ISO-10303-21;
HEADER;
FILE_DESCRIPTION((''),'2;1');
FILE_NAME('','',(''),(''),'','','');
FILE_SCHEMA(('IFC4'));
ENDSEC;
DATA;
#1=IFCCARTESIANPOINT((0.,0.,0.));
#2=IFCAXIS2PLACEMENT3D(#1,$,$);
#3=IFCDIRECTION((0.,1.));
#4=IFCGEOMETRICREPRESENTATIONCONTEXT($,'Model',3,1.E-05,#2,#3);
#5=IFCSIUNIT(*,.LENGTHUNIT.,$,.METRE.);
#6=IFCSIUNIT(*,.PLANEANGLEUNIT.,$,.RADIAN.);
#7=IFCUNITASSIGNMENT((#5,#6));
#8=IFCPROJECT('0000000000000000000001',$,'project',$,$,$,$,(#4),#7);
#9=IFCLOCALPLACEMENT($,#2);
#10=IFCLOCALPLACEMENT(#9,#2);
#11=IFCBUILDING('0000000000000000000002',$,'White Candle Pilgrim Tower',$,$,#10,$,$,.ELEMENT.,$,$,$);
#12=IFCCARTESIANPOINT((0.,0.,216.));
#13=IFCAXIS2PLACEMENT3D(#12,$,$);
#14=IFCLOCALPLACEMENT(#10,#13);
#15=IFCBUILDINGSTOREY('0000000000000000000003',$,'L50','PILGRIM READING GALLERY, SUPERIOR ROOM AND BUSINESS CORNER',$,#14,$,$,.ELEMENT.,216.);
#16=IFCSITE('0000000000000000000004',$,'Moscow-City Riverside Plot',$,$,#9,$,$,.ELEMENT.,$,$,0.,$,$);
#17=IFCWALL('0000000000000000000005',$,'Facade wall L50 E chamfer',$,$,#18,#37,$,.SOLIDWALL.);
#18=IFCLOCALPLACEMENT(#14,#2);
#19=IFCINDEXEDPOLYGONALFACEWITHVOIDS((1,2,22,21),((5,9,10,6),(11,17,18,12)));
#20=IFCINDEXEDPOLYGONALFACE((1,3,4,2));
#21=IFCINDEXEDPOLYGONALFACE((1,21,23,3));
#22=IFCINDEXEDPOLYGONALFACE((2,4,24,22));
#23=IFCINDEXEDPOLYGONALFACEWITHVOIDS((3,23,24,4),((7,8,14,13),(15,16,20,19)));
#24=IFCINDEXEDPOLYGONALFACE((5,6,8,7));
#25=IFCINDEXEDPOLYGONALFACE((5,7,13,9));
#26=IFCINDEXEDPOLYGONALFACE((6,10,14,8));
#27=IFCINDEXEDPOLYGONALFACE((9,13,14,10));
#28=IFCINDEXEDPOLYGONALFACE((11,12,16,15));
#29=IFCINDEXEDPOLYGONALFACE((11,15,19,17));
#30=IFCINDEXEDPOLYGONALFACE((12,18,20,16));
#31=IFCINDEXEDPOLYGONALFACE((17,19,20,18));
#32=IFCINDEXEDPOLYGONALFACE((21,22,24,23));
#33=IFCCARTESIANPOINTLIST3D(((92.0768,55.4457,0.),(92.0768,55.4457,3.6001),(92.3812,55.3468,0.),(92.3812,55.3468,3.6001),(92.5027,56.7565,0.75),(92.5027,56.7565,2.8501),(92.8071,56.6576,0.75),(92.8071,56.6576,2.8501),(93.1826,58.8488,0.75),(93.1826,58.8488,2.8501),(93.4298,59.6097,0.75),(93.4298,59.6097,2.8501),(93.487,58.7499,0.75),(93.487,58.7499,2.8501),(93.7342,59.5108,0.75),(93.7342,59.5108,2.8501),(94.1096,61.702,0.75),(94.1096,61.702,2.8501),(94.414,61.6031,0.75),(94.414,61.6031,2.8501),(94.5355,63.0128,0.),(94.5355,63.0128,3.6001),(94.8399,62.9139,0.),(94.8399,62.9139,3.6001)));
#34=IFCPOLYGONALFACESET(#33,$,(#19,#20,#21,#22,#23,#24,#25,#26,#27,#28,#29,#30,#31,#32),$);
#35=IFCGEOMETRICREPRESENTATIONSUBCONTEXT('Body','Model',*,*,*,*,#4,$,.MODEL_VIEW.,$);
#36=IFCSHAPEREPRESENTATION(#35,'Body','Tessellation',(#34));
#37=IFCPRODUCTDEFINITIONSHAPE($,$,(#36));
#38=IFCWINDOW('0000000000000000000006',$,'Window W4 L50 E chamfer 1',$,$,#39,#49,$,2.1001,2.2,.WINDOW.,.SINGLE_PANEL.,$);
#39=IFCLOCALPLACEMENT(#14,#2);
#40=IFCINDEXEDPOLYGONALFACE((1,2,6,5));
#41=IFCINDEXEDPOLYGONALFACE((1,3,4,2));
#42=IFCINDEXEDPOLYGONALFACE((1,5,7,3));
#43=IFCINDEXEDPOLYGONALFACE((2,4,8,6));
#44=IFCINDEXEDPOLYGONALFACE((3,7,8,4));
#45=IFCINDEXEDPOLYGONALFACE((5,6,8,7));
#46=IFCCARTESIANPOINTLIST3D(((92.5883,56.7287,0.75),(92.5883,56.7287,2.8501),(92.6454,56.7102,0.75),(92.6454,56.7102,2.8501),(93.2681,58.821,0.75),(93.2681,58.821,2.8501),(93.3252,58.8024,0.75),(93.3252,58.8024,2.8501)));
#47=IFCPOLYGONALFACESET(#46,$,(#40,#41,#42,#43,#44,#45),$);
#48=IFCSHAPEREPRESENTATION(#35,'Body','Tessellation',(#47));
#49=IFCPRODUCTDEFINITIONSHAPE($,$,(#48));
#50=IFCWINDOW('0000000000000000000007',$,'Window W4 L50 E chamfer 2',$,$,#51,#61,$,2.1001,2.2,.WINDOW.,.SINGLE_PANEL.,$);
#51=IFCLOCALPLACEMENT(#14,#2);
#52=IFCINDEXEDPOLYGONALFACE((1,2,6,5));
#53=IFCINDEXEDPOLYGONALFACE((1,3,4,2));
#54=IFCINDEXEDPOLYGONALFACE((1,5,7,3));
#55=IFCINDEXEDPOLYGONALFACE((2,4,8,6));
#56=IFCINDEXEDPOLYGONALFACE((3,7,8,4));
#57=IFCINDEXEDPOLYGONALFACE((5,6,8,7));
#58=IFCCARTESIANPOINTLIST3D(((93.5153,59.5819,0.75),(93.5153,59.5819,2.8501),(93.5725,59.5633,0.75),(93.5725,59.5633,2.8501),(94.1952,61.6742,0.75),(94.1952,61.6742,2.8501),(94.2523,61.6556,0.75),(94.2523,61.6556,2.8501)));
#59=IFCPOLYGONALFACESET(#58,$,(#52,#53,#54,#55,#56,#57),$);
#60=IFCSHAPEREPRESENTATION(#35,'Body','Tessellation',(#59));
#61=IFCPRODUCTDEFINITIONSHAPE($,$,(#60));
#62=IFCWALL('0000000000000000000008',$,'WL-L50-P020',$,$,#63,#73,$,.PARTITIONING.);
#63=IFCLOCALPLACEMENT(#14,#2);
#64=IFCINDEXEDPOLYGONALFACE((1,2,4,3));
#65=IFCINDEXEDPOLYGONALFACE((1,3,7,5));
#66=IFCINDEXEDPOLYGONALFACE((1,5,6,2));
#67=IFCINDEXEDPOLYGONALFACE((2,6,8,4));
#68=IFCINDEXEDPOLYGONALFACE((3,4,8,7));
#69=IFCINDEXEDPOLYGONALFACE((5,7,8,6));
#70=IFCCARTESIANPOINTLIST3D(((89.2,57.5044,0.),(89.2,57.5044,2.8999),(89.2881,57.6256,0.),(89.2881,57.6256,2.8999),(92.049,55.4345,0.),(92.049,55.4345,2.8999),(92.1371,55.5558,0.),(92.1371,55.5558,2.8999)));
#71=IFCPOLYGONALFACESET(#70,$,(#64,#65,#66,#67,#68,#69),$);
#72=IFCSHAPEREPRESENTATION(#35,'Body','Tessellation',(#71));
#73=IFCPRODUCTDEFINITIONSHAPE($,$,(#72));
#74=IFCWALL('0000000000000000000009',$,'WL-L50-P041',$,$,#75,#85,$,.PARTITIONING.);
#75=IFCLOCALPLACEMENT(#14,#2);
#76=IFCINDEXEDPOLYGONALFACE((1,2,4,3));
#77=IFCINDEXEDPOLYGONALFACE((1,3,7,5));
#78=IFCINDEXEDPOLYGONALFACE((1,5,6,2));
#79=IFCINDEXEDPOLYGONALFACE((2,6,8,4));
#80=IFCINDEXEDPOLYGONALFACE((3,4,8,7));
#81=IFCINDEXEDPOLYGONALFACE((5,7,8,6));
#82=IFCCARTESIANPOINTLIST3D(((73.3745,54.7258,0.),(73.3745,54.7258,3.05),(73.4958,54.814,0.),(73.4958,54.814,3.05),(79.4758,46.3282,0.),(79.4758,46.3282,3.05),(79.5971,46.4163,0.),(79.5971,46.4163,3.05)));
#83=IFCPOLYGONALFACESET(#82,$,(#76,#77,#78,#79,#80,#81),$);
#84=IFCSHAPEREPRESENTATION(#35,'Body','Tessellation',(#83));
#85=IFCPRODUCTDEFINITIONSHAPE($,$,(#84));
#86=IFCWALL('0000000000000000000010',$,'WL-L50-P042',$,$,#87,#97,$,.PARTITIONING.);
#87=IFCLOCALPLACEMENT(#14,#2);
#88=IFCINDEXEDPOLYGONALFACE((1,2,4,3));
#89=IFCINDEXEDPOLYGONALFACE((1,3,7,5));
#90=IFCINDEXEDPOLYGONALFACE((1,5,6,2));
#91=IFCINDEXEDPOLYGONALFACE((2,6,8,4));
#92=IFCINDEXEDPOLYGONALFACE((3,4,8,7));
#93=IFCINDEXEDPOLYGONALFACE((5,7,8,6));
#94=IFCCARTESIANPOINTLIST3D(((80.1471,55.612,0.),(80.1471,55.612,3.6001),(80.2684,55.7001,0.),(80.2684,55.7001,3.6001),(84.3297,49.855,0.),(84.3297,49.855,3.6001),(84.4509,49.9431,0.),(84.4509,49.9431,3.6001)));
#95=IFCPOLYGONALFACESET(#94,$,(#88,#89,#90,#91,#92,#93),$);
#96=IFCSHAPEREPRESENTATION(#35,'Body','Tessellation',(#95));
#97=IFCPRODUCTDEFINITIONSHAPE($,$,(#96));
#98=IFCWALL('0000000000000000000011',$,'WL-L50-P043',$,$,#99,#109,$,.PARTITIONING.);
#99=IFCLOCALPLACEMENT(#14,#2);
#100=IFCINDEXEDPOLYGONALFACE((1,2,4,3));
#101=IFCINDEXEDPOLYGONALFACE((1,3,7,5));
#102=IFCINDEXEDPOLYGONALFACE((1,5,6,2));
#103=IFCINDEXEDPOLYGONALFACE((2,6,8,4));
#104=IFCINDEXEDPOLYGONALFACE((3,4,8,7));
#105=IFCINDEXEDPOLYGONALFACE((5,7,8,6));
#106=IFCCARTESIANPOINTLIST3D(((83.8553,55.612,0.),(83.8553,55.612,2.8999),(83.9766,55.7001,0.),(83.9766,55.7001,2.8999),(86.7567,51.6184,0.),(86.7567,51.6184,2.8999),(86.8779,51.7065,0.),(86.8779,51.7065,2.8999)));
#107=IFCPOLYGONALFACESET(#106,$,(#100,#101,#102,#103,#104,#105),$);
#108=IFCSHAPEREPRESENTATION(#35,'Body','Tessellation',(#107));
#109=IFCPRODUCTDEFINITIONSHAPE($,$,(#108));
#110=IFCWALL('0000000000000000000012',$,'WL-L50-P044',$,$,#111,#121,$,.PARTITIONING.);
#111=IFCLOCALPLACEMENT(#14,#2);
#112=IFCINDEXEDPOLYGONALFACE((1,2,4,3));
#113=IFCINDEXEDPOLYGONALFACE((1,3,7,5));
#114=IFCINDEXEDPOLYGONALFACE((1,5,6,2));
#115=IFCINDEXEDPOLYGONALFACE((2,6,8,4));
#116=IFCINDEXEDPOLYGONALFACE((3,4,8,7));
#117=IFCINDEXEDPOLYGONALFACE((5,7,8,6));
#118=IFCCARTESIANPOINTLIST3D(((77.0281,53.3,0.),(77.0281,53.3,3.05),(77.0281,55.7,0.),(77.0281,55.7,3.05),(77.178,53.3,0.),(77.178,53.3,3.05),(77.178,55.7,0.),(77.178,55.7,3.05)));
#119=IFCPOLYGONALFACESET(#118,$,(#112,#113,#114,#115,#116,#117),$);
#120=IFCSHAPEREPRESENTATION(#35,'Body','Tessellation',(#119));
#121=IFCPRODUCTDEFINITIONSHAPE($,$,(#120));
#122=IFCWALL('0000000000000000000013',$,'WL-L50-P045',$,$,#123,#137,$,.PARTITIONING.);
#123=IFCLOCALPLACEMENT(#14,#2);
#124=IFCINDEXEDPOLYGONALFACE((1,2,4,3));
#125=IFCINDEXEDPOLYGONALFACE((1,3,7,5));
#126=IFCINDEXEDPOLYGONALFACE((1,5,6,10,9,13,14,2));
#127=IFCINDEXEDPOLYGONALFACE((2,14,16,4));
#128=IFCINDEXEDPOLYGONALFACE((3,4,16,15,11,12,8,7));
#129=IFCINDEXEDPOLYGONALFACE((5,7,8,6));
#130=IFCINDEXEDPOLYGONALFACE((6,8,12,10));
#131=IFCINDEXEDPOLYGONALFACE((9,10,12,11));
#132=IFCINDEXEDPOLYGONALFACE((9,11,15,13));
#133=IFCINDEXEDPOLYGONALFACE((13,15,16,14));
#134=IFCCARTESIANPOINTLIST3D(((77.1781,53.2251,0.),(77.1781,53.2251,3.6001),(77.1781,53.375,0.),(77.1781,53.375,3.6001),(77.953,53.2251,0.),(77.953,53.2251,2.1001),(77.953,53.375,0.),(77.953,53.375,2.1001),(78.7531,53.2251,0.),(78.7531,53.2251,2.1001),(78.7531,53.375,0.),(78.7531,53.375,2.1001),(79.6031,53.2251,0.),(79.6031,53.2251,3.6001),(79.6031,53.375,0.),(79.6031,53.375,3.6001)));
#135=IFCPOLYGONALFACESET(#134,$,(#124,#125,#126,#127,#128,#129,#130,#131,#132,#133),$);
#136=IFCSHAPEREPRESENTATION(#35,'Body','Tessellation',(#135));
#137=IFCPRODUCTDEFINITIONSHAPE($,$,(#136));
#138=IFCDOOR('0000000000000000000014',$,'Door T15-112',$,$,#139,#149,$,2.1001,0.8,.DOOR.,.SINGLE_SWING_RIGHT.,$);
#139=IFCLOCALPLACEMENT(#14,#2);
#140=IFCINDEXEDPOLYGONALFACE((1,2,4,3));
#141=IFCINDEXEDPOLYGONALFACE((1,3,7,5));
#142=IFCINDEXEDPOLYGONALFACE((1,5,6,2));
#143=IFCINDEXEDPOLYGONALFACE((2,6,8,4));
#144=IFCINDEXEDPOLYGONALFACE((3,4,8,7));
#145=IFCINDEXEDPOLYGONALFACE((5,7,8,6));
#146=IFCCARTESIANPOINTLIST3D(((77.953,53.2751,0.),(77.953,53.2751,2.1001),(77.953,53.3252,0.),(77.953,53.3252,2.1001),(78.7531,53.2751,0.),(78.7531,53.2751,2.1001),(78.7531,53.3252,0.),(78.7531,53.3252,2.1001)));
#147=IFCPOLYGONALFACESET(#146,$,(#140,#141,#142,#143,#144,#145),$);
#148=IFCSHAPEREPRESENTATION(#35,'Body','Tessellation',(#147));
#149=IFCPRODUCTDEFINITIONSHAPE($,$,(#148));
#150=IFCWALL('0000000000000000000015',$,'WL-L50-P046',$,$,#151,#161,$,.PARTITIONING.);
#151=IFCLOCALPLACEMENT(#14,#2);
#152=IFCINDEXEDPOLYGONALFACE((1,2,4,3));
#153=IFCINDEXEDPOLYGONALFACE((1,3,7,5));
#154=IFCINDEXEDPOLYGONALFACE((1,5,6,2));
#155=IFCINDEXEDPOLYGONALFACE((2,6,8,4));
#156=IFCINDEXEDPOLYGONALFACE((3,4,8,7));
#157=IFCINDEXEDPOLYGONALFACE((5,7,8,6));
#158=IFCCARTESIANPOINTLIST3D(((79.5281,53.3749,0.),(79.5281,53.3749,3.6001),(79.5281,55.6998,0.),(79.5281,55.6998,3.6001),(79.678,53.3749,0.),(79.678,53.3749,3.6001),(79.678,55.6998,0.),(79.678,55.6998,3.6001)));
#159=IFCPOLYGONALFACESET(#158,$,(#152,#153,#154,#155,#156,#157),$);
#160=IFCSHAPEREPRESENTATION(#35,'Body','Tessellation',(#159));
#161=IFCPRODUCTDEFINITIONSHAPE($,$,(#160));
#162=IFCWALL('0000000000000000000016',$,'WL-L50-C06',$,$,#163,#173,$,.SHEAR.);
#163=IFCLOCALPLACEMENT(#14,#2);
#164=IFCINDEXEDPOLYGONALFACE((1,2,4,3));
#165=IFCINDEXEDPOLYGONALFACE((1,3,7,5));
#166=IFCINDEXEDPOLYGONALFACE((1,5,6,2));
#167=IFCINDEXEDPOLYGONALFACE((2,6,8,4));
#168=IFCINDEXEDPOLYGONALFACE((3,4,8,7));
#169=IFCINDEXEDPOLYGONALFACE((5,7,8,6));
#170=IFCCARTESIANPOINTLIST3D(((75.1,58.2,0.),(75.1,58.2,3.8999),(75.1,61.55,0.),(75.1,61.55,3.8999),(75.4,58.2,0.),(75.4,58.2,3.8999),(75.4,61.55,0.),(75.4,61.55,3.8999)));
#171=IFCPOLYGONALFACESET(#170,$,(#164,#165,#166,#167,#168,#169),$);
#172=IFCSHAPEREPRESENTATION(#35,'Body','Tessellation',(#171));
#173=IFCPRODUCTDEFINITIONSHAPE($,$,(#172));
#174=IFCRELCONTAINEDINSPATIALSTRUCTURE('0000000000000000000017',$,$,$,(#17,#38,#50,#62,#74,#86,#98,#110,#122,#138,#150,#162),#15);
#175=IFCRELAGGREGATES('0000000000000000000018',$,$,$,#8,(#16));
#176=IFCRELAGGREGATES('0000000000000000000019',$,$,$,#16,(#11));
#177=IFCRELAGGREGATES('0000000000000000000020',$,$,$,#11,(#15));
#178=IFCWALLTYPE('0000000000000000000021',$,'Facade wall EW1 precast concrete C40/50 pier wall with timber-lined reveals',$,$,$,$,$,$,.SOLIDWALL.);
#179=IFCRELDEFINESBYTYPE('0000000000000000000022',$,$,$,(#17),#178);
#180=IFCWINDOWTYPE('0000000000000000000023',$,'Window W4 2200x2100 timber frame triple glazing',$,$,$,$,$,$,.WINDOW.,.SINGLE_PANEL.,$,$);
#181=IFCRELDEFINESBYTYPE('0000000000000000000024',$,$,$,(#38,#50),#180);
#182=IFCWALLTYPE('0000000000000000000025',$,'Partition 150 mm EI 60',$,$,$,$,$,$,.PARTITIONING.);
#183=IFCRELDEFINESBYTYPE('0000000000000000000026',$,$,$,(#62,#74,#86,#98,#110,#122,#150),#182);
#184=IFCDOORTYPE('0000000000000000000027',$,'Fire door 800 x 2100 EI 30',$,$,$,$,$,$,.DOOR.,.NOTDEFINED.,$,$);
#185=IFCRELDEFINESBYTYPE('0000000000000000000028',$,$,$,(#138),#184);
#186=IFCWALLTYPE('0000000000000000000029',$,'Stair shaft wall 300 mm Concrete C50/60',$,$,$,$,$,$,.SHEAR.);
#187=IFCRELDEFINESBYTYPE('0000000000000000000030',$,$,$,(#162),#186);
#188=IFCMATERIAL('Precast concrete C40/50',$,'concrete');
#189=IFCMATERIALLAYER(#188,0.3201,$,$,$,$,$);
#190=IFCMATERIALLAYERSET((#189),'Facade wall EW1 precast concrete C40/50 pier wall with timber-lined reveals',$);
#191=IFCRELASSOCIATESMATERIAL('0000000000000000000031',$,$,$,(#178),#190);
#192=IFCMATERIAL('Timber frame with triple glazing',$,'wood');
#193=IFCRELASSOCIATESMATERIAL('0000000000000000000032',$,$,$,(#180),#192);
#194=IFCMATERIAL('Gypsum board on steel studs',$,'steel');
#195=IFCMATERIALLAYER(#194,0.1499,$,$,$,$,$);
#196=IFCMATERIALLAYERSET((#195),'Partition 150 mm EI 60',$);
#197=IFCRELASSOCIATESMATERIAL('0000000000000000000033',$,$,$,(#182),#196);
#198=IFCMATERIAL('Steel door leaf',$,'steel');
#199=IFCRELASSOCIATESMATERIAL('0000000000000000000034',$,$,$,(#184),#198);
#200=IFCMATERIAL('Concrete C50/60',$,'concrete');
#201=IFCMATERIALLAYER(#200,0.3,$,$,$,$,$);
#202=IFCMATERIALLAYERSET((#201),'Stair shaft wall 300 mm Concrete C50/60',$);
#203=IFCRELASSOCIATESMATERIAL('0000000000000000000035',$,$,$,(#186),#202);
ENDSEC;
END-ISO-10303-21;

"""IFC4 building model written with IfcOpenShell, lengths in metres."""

from ifc_helpers import new_model, si_unit, direction, frame, frame_2d, origin, place, context, subcontext, project, spatial, rectangle, extrude, material, layer, layer_set, type_object, element, fill, save


model = new_model("IFC4")

# Units and contexts
model_context = context("Model", 3, precision=1e-05, world=origin(), true_north=direction((0.0, 1.0)))
body_context = subcontext(model_context, "Body", "Model", "MODEL_VIEW")
ifc_project = project(units=[si_unit("LENGTHUNIT", "METRE"), si_unit("PLANEANGLEUNIT", "RADIAN")], contexts=[model_context])

# Site, building, storey
site_placement = place(None, origin())
site = spatial("IfcSite", under=ifc_project, at=site_placement, Name="Moscow-City Riverside Plot", CompositionType="ELEMENT", RefElevation=0.0)
building_placement = place(site_placement, origin())
building = spatial("IfcBuilding", under=site, at=building_placement, Name="White Candle Pilgrim Tower", CompositionType="ELEMENT")
storey_placement = place(building_placement, frame((0.0, 0.0, 216.0)))
storey = spatial("IfcBuildingStorey", under=building, at=storey_placement, Name="L50", Description="PILGRIM READING GALLERY, SUPERIOR ROOM AND BUSINESS CORNER", CompositionType="ELEMENT", Elevation=216.0)

# Shared definitions
ifc_material_1 = material(Name="Concrete C50/60", Category="concrete")

# Shared definitions
ifc_material_2 = material(Name="Gypsum board on steel studs", Category="steel")
ifc_material_3 = material(Name="Steel door leaf", Category="steel")

# Wall, openings, windows
ifc_material_4 = material(Name="Precast concrete C40/50", Category="concrete")
ifc_layer_1 = layer(ifc_material_4, 0.3201)
ifc_layer_set_1 = layer_set([ifc_layer_1], Name="Facade wall EW1 precast concrete C40/50 pier wall with timber-lined reveals")
wall_type_1 = type_object("IfcWallType", Name="Facade wall EW1 precast concrete C40/50 pier wall with timber-lined reveals", PredefinedType="SOLIDWALL", material=ifc_layer_set_1)
wall_1_placement = place(storey_placement, frame((92.229, 55.3962, 0.0), z_axis=(0.0, 0.0, 1.0), x_axis=(0.30902, 0.951055, 0.0)))
wall_1 = element("IfcWall", 1, at=wall_1_placement, inside=storey, type_object=wall_type_1, Name="Facade wall L50 E chamfer", PredefinedType="SOLIDWALL", context=body_context, shape_type="SweptSolid", body=[
    extrude(rectangle(XDim=7.9565, YDim=0.3201, at=frame_2d((3.9783, 0.0))), origin(), (0.0, 0.0, 1.0), 3.6001),
])
opening_1_placement = place(wall_1_placement, frame((1.3782, 0.0, 0.75)))
opening_1 = element("IfcOpeningElement", 2, at=opening_1_placement, cuts=wall_1, PredefinedType="OPENING", context=body_context, shape_type="SweptSolid", body=[
    extrude(rectangle(XDim=2.2, YDim=2.1001, at=frame_2d((1.1001, 1.05))), frame((0.0, 0.1699, 0.0), z_axis=(0.0, -1.0, 0.0), x_axis=(1.0, 0.0, 0.0)), (0.0, 0.0, 1.0), 0.3401),
])
opening_2_placement = place(wall_1_placement, frame((4.3782, 0.0, 0.75)))
opening_2 = element("IfcOpeningElement", 3, at=opening_2_placement, cuts=wall_1, PredefinedType="OPENING", context=body_context, shape_type="SweptSolid", body=[
    extrude(rectangle(XDim=2.2, YDim=2.1001, at=frame_2d((1.1001, 1.05))), frame((0.0, 0.1699, 0.0), z_axis=(0.0, -1.0, 0.0), x_axis=(1.0, 0.0, 0.0)), (0.0, 0.0, 1.0), 0.3401),
])
ifc_material_5 = material(Name="Timber frame with triple glazing", Category="wood")
window_type = type_object("IfcWindowType", Name="Window W4 2200x2100 timber frame triple glazing", PartitioningType="SINGLE_PANEL", PredefinedType="WINDOW", material=ifc_material_5)
window_1_placement = place(opening_1_placement, origin())
window_1 = element("IfcWindow", 4, at=window_1_placement, inside=storey, type_object=window_type, Name="Window W4 L50 E chamfer 1", OverallHeight=2.1001, OverallWidth=2.2, PartitioningType="SINGLE_PANEL", PredefinedType="WINDOW", context=body_context, shape_type="SweptSolid", body=[
    extrude(rectangle(XDim=2.2, YDim=2.1001, at=frame_2d((1.1001, 1.05))), frame((0.0, 0.0701, 0.0), z_axis=(0.0, -1.0, 0.0), x_axis=(1.0, 0.0, 0.0)), (0.0, 0.0, 1.0), 0.0601),
])
fill(opening_1, window_1)
window_2_placement = place(opening_2_placement, origin())
window_2 = element("IfcWindow", 5, at=window_2_placement, inside=storey, type_object=window_type, Name="Window W4 L50 E chamfer 2", OverallHeight=2.1001, OverallWidth=2.2, PartitioningType="SINGLE_PANEL", PredefinedType="WINDOW", context=body_context, shape_type="SweptSolid", body=[
    extrude(rectangle(XDim=2.2, YDim=2.1001, at=frame_2d((1.1001, 1.05))), frame((0.0, 0.0701, 0.0), z_axis=(0.0, -1.0, 0.0), x_axis=(1.0, 0.0, 0.0)), (0.0, 0.0, 1.0), 0.0601),
])
fill(opening_2, window_2)

# Walls
ifc_layer_2 = layer(ifc_material_2, 0.1499)
ifc_layer_set_2 = layer_set([ifc_layer_2], Name="Partition 150 mm EI 60")
wall_type_2 = type_object("IfcWallType", Name="Partition 150 mm EI 60", PredefinedType="PARTITIONING", material=ifc_layer_set_2)
wall_2_placement = place(storey_placement, frame((92.093, 55.4951, 0.0), z_axis=(0.0, 0.0, 1.0), x_axis=(-0.809018, 0.587784, 0.0)))
element("IfcWall", 6, at=wall_2_placement, inside=storey, type_object=wall_type_2, Name="WL-L50-P020", PredefinedType="PARTITIONING", context=body_context, shape_type="SweptSolid", body=[
    extrude(rectangle(XDim=3.5215, YDim=0.1499, at=frame_2d((1.7607, 0.0))), origin(), (0.0, 0.0, 1.0), 2.8999),
])
wall_3_placement = place(storey_placement, frame((79.5364, 46.3723, 0.0), z_axis=(0.0, 0.0, 1.0), x_axis=(-0.587787, 0.809016, 0.0)))
element("IfcWall", 7, at=wall_3_placement, inside=storey, type_object=wall_type_2, Name="WL-L50-P041", PredefinedType="PARTITIONING", context=body_context, shape_type="SweptSolid", body=[
    extrude(rectangle(XDim=10.3801, YDim=0.1499, at=frame_2d((5.1899, 0.0))), origin(), (0.0, 0.0, 1.0), 3.05),
])
wall_4_placement = place(storey_placement, frame((84.3904, 49.8989, 0.0), z_axis=(0.0, 0.0, 1.0), x_axis=(-0.587772, 0.809027, 0.0)))
element("IfcWall", 8, at=wall_4_placement, inside=storey, type_object=wall_type_2, Name="WL-L50-P042", PredefinedType="PARTITIONING", context=body_context, shape_type="SweptSolid", body=[
    extrude(rectangle(XDim=7.116, YDim=0.1499, at=frame_2d((3.5581, 0.0))), origin(), (0.0, 0.0, 1.0), 3.6001),
])
wall_5_placement = place(storey_placement, frame((86.8174, 51.6624, 0.0), z_axis=(0.0, 0.0, 1.0), x_axis=(-0.58776, 0.809035, 0.0)))
element("IfcWall", 9, at=wall_5_placement, inside=storey, type_object=wall_type_2, Name="WL-L50-P043", PredefinedType="PARTITIONING", context=body_context, shape_type="SweptSolid", body=[
    extrude(rectangle(XDim=4.9363, YDim=0.1499, at=frame_2d((2.4683, 0.0))), origin(), (0.0, 0.0, 1.0), 2.8999),
])
wall_6_placement = place(storey_placement, frame((77.103, 55.7, 0.0), z_axis=(0.0, 0.0, 1.0), x_axis=(0.0, -1.0, 0.0)))
element("IfcWall", 10, at=wall_6_placement, inside=storey, type_object=wall_type_2, Name="WL-L50-P044", PredefinedType="PARTITIONING", context=body_context, shape_type="SweptSolid", body=[
    extrude(rectangle(XDim=2.3999, YDim=0.1499, at=frame_2d((1.2, 0.0))), origin(), (0.0, 0.0, 1.0), 3.05),
])

# Wall, opening, door
wall_7_placement = place(storey_placement, frame((79.603, 53.3, 0.0), z_axis=(0.0, 0.0, 1.0), x_axis=(-1.0, 0.0, 0.0)))
wall_7 = element("IfcWall", 11, at=wall_7_placement, inside=storey, type_object=wall_type_2, Name="WL-L50-P045", PredefinedType="PARTITIONING", context=body_context, shape_type="SweptSolid", body=[
    extrude(rectangle(XDim=2.425, YDim=0.1499, at=frame_2d((1.2124, 0.0))), origin(), (0.0, 0.0, 1.0), 3.6001),
])
opening_3_placement = place(wall_7_placement, frame((0.8501, 0.0, 0.0)))
opening_3 = element("IfcOpeningElement", 12, at=opening_3_placement, cuts=wall_7, PredefinedType="OPENING", context=body_context, shape_type="SweptSolid", body=[
    extrude(rectangle(XDim=0.8, YDim=2.1001, at=frame_2d((0.3999, 1.05))), frame((0.0, 0.085, 0.0), z_axis=(0.0, -1.0, 0.0), x_axis=(1.0, 0.0, 0.0)), (0.0, 0.0, 1.0), 0.1699),
])
door_type_1 = type_object("IfcDoorType", Name="Fire door 800 x 2100 EI 30", OperationType="NOTDEFINED", PredefinedType="DOOR", material=ifc_material_3)
door_1_placement = place(opening_3_placement, origin())
door_1 = element("IfcDoor", 13, at=door_1_placement, inside=storey, type_object=door_type_1, Name="Door T15-112", OperationType="SINGLE_SWING_RIGHT", OverallHeight=2.1001, OverallWidth=0.8, PredefinedType="DOOR", context=body_context, shape_type="SweptSolid", body=[
    extrude(rectangle(XDim=0.8, YDim=2.1001, at=frame_2d((0.3999, 1.05))), frame((0.0, 0.0249, 0.0), z_axis=(0.0, -1.0, 0.0), x_axis=(1.0, 0.0, 0.0)), (0.0, 0.0, 1.0), 0.05),
])
fill(opening_3, door_1)

# Walls
wall_8_placement = place(storey_placement, frame((79.603, 55.7, 0.0), z_axis=(0.0, 0.0, 1.0), x_axis=(0.0, -1.0, 0.0)))
element("IfcWall", 14, at=wall_8_placement, inside=storey, type_object=wall_type_2, Name="WL-L50-P046", PredefinedType="PARTITIONING", context=body_context, shape_type="SweptSolid", body=[
    extrude(rectangle(XDim=2.325, YDim=0.1499, at=frame_2d((1.1626, 0.0))), origin(), (0.0, 0.0, 1.0), 3.6001),
])
ifc_layer_3 = layer(ifc_material_1, 0.3)
ifc_layer_set_3 = layer_set([ifc_layer_3], Name="Stair shaft wall 300 mm Concrete C50/60")
wall_type_3 = type_object("IfcWallType", Name="Stair shaft wall 300 mm Concrete C50/60", PredefinedType="SHEAR", material=ifc_layer_set_3)
wall_9_placement = place(storey_placement, frame((75.25, 58.2, 0.0), z_axis=(0.0, 0.0, 1.0), x_axis=(0.0, 1.0, 0.0)))
element("IfcWall", 15, at=wall_9_placement, inside=storey, type_object=wall_type_3, Name="WL-L50-C06", PredefinedType="SHEAR", context=body_context, shape_type="SweptSolid", body=[
    extrude(rectangle(XDim=3.3501, YDim=0.3, at=frame_2d((1.675, 0.0))), origin(), (0.0, 0.0, 1.0), 3.8999),
])

save(model, "model.ifc")
